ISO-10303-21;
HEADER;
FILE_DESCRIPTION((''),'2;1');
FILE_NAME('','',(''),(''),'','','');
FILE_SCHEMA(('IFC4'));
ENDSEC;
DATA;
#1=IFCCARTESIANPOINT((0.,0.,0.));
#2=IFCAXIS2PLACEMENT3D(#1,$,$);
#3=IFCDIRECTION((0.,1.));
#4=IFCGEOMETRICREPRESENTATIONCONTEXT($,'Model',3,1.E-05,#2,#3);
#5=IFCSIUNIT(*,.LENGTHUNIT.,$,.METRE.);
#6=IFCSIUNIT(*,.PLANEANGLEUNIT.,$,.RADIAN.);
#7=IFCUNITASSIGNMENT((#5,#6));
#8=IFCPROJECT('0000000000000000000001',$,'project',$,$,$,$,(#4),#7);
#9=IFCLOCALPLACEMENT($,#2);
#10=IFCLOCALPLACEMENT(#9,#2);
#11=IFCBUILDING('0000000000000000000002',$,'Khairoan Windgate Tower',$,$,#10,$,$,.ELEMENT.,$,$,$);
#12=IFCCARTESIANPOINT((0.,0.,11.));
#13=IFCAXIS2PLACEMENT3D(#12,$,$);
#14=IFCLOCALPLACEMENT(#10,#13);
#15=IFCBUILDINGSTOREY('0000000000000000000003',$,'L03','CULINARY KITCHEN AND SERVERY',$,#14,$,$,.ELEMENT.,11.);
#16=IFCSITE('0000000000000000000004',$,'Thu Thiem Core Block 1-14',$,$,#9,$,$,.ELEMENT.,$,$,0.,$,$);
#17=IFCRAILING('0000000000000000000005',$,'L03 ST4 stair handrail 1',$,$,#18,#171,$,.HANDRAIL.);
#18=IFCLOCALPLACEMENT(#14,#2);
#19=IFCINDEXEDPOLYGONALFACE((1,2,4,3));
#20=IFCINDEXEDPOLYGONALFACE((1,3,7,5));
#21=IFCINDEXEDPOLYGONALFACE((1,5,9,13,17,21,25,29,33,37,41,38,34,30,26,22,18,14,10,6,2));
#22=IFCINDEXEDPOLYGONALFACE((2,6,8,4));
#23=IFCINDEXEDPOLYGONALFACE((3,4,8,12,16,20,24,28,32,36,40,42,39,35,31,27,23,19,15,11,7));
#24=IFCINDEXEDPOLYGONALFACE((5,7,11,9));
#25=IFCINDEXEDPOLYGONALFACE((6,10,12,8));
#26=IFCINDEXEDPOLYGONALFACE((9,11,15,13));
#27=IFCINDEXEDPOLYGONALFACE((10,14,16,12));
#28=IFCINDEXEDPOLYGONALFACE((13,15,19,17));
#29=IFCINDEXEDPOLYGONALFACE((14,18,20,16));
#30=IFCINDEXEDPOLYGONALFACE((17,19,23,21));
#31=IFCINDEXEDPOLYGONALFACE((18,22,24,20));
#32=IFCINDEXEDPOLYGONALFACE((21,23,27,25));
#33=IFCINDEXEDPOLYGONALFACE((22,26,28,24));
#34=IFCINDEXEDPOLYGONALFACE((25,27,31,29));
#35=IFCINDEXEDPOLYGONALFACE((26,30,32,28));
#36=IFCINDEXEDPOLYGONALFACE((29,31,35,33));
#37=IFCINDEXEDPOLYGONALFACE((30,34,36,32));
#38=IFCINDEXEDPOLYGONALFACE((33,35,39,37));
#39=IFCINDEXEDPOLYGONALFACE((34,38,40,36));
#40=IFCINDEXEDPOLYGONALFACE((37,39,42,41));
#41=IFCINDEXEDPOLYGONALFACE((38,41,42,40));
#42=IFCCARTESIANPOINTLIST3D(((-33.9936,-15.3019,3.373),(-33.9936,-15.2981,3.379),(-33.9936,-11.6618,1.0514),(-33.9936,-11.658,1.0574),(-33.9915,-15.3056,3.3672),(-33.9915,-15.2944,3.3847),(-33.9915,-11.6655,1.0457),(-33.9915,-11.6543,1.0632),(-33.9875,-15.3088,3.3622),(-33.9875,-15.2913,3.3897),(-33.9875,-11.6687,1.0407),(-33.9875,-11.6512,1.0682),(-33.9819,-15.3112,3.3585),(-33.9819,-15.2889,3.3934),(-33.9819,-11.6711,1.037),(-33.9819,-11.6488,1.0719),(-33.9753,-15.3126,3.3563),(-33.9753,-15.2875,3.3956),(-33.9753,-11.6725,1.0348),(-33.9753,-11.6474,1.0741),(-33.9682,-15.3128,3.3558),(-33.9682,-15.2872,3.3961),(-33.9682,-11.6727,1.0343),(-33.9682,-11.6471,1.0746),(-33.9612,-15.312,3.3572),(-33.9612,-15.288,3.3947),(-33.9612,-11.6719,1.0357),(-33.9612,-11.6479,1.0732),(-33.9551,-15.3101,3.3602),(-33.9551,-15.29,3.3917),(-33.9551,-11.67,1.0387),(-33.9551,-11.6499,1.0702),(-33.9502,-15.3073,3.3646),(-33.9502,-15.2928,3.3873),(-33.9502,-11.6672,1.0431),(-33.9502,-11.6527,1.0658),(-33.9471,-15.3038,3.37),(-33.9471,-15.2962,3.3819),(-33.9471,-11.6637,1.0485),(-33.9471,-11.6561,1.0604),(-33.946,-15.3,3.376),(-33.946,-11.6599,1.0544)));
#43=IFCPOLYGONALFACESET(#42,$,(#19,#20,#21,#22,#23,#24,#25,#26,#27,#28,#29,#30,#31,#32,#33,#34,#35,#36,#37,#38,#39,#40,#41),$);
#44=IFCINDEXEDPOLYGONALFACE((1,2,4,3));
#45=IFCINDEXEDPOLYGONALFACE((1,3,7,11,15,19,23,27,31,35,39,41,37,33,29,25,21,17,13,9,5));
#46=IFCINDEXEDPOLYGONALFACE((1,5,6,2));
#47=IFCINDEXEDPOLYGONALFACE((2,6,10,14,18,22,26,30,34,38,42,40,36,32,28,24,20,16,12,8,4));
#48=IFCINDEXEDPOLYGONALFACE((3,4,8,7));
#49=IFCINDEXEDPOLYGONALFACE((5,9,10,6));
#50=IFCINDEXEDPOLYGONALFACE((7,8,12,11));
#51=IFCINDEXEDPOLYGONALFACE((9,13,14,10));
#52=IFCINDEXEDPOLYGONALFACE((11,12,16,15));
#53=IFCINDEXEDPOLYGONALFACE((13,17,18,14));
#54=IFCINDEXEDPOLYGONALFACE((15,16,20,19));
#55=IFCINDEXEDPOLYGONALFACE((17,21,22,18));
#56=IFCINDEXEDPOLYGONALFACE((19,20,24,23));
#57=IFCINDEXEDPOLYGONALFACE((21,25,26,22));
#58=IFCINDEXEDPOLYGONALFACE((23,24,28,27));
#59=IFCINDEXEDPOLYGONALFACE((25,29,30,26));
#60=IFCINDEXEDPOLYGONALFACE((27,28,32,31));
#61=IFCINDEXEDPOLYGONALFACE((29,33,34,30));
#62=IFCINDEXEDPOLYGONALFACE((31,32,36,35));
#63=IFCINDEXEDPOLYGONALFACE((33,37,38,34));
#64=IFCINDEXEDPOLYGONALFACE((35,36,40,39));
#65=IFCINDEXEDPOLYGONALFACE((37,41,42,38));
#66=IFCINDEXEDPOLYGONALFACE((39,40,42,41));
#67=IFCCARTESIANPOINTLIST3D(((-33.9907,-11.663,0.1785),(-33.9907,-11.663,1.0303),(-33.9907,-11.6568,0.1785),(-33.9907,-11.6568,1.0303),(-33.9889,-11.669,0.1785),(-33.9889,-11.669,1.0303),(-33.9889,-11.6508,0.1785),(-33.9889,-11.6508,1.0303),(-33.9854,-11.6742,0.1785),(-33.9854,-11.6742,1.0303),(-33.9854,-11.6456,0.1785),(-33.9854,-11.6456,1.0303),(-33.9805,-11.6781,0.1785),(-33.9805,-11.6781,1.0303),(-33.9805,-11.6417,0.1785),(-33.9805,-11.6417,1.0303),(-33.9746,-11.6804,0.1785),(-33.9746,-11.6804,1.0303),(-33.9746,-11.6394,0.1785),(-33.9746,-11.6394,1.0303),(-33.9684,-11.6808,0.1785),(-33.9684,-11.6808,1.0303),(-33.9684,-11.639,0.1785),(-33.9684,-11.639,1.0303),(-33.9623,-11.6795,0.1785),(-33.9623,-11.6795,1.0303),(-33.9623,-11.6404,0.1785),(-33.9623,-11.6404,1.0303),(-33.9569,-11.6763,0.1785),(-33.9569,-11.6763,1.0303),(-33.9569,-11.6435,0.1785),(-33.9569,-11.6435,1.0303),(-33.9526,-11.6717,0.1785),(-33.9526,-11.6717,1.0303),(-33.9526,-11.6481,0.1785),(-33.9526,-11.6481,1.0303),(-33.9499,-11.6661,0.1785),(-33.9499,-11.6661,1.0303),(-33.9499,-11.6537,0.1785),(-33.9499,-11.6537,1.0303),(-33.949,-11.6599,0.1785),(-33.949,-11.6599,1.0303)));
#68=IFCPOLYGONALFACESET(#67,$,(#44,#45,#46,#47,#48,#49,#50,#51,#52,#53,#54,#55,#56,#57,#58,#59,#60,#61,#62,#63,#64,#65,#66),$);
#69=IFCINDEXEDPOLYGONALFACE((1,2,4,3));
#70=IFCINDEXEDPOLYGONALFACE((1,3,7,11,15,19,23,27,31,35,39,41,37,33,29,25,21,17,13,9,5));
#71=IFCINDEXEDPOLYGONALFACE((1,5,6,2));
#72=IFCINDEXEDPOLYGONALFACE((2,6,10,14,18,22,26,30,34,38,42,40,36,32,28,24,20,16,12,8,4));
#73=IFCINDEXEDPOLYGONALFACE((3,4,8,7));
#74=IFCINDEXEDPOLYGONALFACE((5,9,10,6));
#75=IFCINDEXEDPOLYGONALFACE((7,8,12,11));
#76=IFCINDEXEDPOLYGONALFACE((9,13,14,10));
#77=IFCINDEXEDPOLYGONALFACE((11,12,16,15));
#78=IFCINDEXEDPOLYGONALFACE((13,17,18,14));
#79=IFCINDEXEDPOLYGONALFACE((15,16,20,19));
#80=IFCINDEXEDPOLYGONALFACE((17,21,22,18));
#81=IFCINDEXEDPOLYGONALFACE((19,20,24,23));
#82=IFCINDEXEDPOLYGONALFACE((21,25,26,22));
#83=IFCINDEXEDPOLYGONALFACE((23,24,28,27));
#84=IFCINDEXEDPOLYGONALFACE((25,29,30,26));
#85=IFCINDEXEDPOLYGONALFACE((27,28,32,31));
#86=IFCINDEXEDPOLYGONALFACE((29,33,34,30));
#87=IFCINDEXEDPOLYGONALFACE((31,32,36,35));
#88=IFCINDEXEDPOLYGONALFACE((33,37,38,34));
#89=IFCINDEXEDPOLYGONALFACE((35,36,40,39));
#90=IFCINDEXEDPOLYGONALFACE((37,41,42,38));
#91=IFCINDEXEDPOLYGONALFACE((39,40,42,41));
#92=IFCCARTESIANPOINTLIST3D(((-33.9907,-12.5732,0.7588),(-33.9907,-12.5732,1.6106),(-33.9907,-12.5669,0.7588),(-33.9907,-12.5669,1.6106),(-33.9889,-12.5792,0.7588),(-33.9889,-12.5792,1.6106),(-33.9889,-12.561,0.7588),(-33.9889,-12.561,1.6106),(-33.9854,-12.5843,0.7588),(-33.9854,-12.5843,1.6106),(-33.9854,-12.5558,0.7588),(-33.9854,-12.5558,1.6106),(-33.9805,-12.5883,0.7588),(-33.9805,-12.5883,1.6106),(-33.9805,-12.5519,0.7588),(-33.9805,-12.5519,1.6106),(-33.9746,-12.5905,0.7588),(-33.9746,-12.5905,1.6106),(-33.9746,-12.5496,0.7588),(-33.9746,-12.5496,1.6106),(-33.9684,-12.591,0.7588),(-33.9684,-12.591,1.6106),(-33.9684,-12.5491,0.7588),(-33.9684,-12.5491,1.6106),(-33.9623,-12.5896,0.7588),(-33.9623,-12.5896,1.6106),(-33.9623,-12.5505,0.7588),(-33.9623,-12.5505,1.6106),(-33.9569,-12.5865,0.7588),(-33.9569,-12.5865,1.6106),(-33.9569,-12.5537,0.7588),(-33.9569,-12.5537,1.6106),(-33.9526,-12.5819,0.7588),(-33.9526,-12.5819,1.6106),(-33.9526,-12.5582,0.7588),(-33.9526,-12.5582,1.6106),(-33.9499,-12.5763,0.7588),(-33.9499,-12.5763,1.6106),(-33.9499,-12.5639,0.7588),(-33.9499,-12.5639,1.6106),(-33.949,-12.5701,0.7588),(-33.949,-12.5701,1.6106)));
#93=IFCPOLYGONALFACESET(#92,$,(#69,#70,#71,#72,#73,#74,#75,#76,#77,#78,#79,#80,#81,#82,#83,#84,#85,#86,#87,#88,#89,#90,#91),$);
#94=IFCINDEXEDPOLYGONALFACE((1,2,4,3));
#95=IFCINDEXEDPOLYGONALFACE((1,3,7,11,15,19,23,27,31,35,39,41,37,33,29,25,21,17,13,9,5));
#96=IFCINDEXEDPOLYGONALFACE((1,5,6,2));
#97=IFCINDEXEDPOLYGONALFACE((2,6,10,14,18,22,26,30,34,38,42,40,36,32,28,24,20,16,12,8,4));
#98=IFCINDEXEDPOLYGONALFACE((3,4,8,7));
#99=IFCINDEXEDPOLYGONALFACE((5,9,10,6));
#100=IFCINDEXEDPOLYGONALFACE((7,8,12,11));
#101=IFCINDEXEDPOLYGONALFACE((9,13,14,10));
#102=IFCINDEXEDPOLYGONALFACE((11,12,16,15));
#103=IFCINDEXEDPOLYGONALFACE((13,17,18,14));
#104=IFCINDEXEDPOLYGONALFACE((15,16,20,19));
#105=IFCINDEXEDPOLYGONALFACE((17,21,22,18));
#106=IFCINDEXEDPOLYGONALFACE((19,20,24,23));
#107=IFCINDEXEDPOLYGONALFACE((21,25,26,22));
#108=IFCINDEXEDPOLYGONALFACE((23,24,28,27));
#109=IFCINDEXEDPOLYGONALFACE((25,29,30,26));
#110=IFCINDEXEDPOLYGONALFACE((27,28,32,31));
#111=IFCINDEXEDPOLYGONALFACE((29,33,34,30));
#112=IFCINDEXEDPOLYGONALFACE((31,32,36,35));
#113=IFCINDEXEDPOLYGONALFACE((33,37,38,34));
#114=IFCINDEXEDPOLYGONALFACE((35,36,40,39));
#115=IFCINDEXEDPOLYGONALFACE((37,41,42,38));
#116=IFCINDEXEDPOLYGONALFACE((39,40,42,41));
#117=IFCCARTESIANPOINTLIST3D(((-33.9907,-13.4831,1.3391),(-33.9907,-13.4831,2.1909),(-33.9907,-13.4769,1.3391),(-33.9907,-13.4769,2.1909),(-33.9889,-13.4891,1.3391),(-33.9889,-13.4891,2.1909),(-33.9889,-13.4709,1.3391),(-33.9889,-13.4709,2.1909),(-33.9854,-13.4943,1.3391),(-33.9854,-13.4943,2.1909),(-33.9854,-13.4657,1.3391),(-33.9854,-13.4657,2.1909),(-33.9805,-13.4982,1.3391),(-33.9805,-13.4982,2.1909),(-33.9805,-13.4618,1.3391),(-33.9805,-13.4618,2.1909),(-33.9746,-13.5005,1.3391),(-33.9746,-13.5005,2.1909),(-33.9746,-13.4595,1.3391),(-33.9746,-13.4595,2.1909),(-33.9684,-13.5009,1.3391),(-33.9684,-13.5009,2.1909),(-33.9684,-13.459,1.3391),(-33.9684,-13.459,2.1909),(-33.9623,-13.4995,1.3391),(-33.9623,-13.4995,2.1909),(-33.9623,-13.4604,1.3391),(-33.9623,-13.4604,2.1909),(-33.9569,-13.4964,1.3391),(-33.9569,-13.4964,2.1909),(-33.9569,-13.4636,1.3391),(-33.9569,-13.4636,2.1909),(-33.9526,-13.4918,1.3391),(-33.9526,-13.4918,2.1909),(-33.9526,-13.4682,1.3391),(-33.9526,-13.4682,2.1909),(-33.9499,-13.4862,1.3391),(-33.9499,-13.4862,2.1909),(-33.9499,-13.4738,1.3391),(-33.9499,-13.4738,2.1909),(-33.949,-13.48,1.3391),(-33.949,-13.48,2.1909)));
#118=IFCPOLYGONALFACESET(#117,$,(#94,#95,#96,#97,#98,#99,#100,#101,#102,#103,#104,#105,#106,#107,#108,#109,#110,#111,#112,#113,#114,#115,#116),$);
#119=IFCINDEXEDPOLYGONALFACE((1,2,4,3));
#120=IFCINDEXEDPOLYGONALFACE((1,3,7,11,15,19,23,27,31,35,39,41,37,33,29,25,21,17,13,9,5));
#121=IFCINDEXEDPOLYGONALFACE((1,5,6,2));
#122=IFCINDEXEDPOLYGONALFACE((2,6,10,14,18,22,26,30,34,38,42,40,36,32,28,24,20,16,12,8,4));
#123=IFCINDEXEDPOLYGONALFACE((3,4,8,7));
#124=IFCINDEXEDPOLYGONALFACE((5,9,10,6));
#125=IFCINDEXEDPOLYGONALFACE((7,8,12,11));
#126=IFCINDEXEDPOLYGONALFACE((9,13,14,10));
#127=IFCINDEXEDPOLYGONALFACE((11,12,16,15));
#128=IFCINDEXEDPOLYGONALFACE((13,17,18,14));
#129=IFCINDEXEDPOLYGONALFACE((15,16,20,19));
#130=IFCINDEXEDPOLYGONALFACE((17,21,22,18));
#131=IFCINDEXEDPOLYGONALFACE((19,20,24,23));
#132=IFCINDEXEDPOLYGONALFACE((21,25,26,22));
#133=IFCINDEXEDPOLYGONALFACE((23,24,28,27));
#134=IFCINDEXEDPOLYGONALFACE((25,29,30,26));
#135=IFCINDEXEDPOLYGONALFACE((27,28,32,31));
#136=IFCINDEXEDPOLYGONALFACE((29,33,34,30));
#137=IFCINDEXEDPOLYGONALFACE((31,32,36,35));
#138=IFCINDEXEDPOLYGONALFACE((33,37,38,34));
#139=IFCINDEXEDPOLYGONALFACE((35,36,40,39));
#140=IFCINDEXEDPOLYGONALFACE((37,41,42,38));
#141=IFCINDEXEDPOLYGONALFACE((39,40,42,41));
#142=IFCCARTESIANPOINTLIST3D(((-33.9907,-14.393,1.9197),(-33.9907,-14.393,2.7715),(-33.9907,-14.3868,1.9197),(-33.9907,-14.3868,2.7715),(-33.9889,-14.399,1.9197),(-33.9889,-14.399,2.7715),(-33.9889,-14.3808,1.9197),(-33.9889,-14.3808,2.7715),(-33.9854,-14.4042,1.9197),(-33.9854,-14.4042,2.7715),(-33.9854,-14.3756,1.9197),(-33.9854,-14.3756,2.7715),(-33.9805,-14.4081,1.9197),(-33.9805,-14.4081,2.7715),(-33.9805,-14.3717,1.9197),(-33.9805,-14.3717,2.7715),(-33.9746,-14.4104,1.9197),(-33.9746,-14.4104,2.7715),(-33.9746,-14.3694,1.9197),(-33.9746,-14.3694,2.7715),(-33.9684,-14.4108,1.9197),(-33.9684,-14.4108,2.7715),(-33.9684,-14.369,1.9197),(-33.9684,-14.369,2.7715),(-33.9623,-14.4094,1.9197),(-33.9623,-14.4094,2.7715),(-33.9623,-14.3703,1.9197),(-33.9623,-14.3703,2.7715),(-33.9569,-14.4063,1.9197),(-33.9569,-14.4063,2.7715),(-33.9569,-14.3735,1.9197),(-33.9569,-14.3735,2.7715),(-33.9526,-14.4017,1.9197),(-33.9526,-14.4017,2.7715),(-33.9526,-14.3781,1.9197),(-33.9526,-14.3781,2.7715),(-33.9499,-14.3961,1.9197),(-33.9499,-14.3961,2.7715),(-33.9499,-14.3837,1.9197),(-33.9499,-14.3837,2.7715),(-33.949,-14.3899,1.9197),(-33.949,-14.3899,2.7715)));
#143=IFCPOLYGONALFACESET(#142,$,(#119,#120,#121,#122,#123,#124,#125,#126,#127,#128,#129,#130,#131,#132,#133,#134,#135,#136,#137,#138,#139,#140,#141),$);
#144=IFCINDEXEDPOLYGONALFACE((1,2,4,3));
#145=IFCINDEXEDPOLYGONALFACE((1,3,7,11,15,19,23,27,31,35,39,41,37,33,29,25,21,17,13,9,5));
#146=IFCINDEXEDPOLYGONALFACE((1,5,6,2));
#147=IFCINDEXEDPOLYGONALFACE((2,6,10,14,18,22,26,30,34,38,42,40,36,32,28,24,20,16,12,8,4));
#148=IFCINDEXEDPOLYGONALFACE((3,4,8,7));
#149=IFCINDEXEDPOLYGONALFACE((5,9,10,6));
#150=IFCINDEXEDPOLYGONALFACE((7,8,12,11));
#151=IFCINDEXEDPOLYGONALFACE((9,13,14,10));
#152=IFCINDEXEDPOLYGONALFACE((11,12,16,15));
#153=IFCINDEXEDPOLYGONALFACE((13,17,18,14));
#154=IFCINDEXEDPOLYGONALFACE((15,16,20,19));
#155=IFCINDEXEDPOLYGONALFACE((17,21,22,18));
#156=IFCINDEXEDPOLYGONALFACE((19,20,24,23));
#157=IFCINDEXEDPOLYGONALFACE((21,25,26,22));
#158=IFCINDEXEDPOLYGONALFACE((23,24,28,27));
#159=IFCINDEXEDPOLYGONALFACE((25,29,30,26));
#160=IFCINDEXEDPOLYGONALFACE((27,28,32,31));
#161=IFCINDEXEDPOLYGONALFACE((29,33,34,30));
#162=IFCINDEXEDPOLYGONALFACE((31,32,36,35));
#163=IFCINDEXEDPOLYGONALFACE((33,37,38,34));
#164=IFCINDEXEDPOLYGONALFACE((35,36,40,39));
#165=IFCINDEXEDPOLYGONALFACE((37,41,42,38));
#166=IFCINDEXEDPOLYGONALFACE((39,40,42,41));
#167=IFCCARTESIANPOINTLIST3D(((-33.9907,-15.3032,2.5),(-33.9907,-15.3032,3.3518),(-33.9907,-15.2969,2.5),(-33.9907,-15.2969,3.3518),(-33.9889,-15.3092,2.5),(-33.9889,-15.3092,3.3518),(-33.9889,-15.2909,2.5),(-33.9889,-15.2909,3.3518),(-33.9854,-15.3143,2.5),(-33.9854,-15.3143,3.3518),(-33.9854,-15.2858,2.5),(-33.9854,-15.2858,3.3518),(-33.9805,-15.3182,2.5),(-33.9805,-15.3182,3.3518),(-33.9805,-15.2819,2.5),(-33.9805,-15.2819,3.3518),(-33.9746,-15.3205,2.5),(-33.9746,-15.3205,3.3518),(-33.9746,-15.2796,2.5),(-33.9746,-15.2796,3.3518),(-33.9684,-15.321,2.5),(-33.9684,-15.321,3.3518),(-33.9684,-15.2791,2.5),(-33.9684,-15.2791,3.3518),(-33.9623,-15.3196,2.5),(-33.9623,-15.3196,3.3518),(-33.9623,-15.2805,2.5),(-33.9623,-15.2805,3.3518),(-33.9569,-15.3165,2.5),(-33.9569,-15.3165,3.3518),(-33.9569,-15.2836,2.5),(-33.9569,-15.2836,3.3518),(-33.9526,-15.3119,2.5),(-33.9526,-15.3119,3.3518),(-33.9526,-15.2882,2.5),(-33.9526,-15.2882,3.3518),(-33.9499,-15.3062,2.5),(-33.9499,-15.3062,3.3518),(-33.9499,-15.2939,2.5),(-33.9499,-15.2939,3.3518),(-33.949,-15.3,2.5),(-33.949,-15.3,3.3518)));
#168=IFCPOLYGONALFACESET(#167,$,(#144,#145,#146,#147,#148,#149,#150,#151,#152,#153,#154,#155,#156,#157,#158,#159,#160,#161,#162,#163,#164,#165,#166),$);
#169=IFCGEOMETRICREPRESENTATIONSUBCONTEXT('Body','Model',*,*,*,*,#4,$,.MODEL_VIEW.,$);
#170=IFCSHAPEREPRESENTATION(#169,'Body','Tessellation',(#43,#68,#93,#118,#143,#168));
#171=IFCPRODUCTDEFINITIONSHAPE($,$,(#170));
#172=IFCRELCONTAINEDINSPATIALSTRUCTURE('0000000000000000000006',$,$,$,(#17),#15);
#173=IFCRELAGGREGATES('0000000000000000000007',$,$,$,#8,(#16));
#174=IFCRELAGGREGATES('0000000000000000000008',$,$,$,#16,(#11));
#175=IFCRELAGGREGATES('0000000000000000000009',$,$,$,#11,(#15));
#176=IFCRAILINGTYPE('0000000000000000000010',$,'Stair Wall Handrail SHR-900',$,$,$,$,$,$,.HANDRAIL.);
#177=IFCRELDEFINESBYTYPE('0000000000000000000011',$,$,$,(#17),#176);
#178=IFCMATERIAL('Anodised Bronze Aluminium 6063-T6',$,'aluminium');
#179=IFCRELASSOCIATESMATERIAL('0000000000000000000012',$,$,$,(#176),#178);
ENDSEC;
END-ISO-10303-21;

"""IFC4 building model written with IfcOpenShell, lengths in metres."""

from ifc_helpers import new_model, si_unit, direction, frame, origin, origin_2d, place, context, subcontext, project, spatial, circle, extrude, material, type_object, element, save


model = new_model("IFC4")

# Units and contexts
model_context = context("Model", 3, precision=1e-05, world=origin(), true_north=direction((0.0, 1.0)))
body_context = subcontext(model_context, "Body", "Model", "MODEL_VIEW")
ifc_project = project(units=[si_unit("LENGTHUNIT", "METRE"), si_unit("PLANEANGLEUNIT", "RADIAN")], contexts=[model_context])

# Site, building, storey
site_placement = place(None, origin())
site = spatial("IfcSite", under=ifc_project, at=site_placement, Name="Thu Thiem Core Block 1-14", CompositionType="ELEMENT", RefElevation=0.0)
building_placement = place(site_placement, origin())
building = spatial("IfcBuilding", under=site, at=building_placement, Name="Khairoan Windgate Tower", CompositionType="ELEMENT")
storey_placement = place(building_placement, frame((0.0, 0.0, 11.0)))
storey = spatial("IfcBuildingStorey", under=building, at=storey_placement, Name="L03", Description="CULINARY KITCHEN AND SERVERY", CompositionType="ELEMENT", Elevation=11.0)

# Railing
ifc_material_1 = material(Name="Anodised Bronze Aluminium 6063-T6", Category="aluminium")
railing_type_1 = type_object("IfcRailingType", Name="Stair Wall Handrail SHR-900", PredefinedType="HANDRAIL", material=ifc_material_1)
railing_1_placement = place(storey_placement, frame((-33.97, -11.6599, 0.1785)))
element("IfcRailing", 1, at=railing_1_placement, inside=storey, type_object=railing_type_1, Name="L03 ST4 stair handrail 1", PredefinedType="HANDRAIL", context=body_context, shape_type="SweptSolid", body=[
    extrude(circle(Radius=0.0239, at=origin_2d()), frame((0.0, 0.0, 0.876), z_axis=(0.0, -0.843128, 0.537713), x_axis=(1.0, 0.0, 0.0)), (0.0, 0.0, 1.0), 4.3174),
    extrude(circle(Radius=0.021, at=origin_2d()), origin(), (0.0, 0.0, 1.0), 0.8518),
    extrude(circle(Radius=0.021, at=origin_2d()), frame((0.0, -0.9102, 0.5803)), (0.0, 0.0, 1.0), 0.8518),
    extrude(circle(Radius=0.021, at=origin_2d()), frame((0.0, -1.8201, 1.1606)), (0.0, 0.0, 1.0), 0.8518),
    extrude(circle(Radius=0.021, at=origin_2d()), frame((0.0, -2.73, 1.7412)), (0.0, 0.0, 1.0), 0.8518),
    extrude(circle(Radius=0.021, at=origin_2d()), frame((0.0, -3.6401, 2.3215)), (0.0, 0.0, 1.0), 0.8518),
])

save(model, "model.ifc")
